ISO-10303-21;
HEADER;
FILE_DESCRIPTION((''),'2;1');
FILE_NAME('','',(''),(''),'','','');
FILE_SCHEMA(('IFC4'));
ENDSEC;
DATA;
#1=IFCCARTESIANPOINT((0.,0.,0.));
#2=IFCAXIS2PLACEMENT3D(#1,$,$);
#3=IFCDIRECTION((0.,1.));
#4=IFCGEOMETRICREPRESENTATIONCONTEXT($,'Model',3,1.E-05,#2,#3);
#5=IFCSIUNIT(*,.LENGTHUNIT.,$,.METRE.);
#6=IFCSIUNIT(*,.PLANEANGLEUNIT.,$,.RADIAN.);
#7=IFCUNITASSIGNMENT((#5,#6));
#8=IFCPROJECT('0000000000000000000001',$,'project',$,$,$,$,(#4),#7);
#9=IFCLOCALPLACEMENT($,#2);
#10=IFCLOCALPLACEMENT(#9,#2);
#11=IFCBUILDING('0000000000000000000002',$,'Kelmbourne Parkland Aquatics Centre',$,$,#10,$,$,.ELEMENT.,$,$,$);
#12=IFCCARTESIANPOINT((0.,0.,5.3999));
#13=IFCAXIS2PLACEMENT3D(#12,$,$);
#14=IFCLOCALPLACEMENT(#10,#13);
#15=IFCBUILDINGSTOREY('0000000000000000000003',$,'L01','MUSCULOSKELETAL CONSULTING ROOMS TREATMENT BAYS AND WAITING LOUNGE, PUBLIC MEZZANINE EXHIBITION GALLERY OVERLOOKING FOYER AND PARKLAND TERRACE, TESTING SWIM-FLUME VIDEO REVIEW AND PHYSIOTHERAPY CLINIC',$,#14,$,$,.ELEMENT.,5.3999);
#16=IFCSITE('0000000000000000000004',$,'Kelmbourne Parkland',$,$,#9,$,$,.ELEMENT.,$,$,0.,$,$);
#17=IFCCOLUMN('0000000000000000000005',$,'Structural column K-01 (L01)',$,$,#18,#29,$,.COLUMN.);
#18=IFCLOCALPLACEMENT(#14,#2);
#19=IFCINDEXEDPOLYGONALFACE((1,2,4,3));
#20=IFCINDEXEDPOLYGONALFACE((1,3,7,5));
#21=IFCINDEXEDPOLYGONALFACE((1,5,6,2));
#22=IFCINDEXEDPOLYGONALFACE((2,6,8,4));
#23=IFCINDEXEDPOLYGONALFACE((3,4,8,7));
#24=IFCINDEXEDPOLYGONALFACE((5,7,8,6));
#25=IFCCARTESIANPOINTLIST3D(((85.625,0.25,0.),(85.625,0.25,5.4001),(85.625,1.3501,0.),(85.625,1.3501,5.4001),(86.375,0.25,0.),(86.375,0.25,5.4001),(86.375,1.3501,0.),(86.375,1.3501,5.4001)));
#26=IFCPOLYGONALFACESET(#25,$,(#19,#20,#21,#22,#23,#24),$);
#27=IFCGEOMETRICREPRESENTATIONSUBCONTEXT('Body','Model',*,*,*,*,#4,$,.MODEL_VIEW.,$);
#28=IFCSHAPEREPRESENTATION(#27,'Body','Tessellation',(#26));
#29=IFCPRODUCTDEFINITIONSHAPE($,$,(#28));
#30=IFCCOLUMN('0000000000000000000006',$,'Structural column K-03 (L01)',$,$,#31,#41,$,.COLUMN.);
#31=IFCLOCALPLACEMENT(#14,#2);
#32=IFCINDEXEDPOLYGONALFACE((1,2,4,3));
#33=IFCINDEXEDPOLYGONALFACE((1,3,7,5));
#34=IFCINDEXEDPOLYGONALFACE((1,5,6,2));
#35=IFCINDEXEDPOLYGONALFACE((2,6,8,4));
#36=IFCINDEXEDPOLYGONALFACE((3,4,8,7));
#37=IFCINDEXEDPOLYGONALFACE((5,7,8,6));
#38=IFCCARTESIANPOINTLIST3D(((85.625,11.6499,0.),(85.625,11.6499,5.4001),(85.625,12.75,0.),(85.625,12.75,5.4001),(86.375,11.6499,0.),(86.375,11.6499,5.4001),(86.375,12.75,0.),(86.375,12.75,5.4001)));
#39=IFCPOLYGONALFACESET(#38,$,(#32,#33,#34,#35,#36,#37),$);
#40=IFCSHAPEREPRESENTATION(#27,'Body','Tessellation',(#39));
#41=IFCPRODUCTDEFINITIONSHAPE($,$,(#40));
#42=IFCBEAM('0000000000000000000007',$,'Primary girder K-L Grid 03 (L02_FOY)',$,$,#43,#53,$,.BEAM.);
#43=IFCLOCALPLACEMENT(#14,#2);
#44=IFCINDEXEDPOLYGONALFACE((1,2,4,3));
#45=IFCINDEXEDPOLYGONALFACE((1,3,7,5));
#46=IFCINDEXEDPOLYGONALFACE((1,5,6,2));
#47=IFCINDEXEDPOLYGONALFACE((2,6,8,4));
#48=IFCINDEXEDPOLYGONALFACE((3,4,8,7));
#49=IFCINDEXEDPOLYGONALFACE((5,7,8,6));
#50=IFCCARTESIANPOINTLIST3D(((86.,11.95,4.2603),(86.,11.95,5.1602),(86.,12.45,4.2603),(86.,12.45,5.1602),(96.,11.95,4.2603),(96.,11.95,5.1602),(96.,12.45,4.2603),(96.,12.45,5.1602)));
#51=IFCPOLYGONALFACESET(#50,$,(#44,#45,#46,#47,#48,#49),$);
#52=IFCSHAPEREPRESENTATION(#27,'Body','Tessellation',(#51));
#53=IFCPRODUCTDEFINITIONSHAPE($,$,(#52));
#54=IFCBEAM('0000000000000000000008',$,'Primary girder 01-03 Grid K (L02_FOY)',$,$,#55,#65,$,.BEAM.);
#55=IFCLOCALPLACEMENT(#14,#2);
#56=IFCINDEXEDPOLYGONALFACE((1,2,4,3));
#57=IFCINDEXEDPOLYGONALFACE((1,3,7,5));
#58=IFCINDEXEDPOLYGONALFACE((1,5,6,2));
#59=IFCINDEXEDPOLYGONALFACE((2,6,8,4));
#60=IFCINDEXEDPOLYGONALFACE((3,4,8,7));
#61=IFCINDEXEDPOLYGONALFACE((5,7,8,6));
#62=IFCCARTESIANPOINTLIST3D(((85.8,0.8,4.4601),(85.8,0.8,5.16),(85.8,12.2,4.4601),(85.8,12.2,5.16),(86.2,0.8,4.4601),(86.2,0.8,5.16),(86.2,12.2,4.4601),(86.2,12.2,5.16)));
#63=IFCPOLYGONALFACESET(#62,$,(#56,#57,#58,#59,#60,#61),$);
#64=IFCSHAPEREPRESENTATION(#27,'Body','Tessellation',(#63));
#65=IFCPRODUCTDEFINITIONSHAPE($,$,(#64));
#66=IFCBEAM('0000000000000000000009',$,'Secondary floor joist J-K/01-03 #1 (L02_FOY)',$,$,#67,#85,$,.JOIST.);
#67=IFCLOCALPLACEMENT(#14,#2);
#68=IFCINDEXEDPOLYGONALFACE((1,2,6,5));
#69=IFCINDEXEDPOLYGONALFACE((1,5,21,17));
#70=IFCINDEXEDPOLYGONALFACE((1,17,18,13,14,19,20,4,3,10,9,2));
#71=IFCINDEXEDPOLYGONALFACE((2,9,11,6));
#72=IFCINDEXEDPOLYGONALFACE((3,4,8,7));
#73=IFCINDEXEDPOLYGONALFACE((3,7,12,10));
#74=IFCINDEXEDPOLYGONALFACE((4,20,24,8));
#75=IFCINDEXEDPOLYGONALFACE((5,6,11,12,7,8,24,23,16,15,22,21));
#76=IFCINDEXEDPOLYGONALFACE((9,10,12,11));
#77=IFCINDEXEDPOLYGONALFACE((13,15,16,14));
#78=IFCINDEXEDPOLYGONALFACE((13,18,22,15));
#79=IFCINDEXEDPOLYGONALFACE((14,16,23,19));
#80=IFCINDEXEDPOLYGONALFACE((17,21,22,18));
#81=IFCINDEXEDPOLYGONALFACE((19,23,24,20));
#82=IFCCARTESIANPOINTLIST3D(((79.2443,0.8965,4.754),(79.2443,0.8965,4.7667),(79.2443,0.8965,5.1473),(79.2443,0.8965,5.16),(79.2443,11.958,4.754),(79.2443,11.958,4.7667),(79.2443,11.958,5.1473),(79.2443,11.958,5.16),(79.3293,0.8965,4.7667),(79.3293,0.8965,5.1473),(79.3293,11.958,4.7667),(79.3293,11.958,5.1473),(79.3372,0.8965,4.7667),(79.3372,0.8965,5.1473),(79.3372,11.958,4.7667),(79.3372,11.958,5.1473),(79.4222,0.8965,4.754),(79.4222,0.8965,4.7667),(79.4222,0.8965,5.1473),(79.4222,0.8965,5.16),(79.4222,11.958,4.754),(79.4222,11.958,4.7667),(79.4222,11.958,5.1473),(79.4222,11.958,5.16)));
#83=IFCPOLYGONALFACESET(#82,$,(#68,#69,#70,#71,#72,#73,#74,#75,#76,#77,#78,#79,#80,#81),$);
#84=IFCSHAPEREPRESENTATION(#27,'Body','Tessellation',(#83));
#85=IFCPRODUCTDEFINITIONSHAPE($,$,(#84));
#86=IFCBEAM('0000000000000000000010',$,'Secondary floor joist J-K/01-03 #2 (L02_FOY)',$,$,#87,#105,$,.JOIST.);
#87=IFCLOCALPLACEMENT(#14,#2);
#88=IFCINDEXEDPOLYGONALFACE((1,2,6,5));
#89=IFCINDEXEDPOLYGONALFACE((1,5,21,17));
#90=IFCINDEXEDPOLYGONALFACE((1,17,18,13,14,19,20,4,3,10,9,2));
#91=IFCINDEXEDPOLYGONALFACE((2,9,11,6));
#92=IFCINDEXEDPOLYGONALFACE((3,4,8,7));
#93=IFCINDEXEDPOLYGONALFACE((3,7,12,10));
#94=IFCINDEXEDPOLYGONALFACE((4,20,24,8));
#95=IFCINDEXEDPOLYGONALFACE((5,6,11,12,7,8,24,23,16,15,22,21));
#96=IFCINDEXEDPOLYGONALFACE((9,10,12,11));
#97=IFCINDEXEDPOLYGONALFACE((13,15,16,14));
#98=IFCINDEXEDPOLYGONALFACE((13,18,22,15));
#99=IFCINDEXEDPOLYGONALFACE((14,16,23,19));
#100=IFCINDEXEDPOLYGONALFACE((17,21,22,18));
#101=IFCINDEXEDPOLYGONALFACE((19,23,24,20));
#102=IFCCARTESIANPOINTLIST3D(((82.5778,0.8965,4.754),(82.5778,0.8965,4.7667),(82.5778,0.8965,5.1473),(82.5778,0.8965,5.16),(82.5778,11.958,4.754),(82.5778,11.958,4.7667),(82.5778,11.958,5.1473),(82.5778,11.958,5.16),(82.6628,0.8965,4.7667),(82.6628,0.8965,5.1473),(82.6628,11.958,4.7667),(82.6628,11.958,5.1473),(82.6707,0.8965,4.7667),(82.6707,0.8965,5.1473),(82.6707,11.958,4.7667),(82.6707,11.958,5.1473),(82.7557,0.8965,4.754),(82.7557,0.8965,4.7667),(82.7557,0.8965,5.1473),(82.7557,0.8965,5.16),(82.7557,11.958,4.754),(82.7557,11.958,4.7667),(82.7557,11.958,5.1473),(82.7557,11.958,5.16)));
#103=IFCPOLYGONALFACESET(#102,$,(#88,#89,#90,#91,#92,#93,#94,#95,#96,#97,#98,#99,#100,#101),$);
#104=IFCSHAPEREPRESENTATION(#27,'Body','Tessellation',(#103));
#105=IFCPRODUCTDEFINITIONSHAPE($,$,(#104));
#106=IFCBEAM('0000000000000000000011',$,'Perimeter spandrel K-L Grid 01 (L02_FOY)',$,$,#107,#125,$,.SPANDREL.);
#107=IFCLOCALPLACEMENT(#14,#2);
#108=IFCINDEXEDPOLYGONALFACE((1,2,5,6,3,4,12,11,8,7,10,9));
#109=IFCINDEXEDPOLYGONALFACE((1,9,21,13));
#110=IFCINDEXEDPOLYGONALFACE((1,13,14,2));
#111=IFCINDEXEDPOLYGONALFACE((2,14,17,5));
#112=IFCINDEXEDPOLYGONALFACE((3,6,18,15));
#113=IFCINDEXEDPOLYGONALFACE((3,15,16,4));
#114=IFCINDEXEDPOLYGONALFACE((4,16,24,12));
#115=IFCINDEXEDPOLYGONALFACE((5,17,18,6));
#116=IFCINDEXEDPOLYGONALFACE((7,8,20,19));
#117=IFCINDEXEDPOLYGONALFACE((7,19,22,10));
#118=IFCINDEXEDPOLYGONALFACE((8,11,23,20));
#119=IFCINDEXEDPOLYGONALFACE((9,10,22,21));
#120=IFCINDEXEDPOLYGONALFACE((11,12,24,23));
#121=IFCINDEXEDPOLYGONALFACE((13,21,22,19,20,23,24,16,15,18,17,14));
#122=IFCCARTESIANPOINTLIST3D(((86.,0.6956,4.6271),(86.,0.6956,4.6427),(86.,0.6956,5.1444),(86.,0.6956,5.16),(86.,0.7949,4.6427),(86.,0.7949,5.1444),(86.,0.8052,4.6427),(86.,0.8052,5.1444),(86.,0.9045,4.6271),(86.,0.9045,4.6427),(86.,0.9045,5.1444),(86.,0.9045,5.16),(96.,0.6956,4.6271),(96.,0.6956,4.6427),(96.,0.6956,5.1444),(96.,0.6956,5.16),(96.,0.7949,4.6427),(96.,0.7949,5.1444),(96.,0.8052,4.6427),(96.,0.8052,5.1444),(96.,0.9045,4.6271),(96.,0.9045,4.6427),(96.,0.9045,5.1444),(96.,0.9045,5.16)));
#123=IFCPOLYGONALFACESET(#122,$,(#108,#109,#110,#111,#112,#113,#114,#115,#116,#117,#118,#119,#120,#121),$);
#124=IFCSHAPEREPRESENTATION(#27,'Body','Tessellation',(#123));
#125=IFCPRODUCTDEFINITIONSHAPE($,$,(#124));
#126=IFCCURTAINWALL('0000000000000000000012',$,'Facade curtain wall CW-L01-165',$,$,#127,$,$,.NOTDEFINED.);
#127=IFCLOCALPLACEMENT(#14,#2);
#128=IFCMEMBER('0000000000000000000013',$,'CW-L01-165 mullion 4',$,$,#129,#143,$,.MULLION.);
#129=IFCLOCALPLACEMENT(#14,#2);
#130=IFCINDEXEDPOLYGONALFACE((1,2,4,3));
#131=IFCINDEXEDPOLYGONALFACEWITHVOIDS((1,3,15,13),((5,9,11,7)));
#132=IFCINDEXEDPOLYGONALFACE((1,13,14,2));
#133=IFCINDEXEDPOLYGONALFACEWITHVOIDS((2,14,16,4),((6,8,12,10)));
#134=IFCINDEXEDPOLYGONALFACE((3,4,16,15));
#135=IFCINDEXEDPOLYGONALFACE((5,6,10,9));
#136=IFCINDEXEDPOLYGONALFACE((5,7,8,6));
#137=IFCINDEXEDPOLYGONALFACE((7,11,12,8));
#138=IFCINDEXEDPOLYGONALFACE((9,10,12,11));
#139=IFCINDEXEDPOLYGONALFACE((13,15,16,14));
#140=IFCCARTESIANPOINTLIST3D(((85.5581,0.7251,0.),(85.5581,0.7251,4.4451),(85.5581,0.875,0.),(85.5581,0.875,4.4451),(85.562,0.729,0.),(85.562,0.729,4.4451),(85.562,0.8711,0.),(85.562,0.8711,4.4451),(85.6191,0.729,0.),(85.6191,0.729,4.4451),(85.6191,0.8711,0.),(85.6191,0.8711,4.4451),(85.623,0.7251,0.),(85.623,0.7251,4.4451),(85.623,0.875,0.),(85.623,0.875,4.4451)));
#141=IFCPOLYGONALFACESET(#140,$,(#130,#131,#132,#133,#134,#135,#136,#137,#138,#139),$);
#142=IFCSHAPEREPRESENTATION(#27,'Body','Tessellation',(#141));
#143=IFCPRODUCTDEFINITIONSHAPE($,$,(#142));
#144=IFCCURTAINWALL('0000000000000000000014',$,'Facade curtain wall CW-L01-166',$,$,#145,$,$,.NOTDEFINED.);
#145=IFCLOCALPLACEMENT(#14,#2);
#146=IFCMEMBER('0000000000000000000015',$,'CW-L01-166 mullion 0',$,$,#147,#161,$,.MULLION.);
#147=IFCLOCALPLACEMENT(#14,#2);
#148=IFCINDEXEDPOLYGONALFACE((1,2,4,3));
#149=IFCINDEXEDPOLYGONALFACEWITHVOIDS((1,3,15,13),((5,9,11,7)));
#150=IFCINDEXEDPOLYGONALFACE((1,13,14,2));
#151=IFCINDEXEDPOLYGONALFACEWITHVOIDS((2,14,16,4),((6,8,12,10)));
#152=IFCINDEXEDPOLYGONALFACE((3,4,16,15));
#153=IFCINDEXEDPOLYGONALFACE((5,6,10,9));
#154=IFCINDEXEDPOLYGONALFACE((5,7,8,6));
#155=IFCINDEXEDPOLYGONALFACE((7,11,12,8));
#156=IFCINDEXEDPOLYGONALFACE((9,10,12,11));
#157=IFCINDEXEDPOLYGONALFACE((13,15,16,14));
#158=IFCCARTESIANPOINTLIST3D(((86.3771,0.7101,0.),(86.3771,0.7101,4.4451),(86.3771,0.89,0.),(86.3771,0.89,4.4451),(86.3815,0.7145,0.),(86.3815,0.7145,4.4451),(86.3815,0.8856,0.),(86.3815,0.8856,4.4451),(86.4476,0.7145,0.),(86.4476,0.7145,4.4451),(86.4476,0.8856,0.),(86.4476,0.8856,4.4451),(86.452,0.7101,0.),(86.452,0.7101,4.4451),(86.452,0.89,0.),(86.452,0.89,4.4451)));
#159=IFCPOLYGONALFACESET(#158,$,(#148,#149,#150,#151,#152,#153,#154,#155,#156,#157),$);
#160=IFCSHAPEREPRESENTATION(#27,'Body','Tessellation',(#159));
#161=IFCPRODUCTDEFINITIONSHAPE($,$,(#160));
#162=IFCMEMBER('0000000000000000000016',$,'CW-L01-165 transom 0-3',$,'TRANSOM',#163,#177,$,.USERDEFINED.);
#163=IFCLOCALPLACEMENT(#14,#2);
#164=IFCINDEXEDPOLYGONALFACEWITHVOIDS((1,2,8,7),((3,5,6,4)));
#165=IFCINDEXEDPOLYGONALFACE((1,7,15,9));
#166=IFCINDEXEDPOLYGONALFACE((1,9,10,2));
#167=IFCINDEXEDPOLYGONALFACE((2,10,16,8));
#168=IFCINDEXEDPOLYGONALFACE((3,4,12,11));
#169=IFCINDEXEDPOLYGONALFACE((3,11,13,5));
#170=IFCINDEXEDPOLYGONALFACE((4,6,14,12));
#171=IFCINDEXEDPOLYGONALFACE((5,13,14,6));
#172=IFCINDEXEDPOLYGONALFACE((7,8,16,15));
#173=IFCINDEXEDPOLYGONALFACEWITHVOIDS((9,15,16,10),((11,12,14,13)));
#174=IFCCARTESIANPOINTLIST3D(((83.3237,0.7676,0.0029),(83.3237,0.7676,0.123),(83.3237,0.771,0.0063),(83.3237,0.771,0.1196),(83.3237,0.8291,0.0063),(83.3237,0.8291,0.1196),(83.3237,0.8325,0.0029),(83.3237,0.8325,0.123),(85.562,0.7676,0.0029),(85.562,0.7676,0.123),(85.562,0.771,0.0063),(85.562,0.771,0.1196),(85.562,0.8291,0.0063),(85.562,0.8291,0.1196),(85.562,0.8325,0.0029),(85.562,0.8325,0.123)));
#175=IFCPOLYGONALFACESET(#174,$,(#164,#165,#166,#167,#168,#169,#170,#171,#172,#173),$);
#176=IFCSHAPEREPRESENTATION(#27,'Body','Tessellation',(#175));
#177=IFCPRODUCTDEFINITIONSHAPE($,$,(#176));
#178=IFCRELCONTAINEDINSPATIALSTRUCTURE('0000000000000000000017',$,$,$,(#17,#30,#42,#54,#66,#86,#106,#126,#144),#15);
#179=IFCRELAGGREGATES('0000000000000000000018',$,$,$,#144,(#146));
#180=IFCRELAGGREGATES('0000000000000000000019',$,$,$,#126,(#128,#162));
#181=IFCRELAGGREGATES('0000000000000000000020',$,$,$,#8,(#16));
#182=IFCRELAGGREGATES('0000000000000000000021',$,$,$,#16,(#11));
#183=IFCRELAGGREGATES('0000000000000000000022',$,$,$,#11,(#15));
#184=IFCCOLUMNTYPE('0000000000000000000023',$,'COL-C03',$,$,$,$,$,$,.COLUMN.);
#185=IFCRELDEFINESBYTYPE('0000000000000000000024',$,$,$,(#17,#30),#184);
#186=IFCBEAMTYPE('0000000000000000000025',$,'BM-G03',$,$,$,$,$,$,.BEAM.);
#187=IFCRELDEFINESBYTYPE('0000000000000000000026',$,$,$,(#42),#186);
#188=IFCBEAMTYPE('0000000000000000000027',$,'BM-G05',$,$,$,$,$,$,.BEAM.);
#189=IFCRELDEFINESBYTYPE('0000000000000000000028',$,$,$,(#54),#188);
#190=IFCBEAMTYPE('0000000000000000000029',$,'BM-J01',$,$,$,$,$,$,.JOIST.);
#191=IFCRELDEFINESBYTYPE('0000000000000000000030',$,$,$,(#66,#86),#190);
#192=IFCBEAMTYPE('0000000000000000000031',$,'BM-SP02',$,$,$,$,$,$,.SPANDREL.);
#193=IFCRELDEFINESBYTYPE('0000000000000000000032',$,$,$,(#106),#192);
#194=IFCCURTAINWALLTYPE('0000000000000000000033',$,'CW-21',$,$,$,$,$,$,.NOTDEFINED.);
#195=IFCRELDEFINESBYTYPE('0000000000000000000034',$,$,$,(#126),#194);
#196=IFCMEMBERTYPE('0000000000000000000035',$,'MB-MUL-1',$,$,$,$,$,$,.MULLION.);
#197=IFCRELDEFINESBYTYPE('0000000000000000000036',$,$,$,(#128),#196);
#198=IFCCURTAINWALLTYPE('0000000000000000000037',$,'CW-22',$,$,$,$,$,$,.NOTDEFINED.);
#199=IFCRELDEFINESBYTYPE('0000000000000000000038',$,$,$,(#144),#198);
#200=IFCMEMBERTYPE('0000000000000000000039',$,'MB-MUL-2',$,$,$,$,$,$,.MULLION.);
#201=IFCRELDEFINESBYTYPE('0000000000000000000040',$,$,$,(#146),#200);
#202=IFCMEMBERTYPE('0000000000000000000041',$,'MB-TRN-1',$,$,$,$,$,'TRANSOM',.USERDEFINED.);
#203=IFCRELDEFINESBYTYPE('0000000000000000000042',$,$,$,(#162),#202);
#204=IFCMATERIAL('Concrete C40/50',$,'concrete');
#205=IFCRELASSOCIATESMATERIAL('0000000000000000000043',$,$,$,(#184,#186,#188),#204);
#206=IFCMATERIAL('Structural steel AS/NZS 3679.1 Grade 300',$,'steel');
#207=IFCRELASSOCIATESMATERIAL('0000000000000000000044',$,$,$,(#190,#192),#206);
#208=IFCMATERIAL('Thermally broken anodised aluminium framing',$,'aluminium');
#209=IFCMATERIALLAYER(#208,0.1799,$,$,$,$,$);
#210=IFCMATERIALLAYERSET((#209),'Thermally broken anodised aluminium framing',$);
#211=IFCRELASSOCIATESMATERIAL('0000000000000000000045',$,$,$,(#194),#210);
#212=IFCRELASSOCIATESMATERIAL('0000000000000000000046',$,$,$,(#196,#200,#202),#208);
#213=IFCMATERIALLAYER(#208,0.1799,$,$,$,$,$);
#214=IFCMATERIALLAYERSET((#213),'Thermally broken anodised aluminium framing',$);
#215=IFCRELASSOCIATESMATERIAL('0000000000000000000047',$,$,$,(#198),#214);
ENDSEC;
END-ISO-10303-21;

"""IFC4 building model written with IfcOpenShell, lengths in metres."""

from ifc_helpers import new_model, si_unit, direction, frame, origin, origin_2d, place, context, subcontext, project, spatial, rectangle, hollow_rectangle, i_section, extrude, material, layer, layer_set, material_profile, profile_set, type_object, element, aggregate, save


model = new_model("IFC4")

# Units and contexts
model_context = context("Model", 3, precision=1e-05, world=origin(), true_north=direction((0.0, 1.0)))
body_context = subcontext(model_context, "Body", "Model", "MODEL_VIEW")
ifc_project = project(units=[si_unit("LENGTHUNIT", "METRE"), si_unit("PLANEANGLEUNIT", "RADIAN")], contexts=[model_context])

# Site, building, storey
site_placement = place(None, origin())
site = spatial("IfcSite", under=ifc_project, at=site_placement, Name="Kelmbourne Parkland", CompositionType="ELEMENT", RefElevation=0.0)
building_placement = place(site_placement, origin())
building = spatial("IfcBuilding", under=site, at=building_placement, Name="Kelmbourne Parkland Aquatics Centre", CompositionType="ELEMENT")
storey_placement = place(building_placement, frame((0.0, 0.0, 5.3999)))
storey = spatial("IfcBuildingStorey", under=building, at=storey_placement, Name="L01", Description="MUSCULOSKELETAL CONSULTING ROOMS TREATMENT BAYS AND WAITING LOUNGE, PUBLIC MEZZANINE EXHIBITION GALLERY OVERLOOKING FOYER AND PARKLAND TERRACE, TESTING SWIM-FLUME VIDEO REVIEW AND PHYSIOTHERAPY CLINIC", CompositionType="ELEMENT", Elevation=5.3999)

# Columns
ifc_material_1 = material(Name="Concrete C40/50", Category="concrete")
ifc_material_profile_1 = material_profile(ifc_material_1, rectangle(XDim=0.75, YDim=1.1001, at=origin_2d()), Name="RC 750x1100")
ifc_profile_set_1 = profile_set([ifc_material_profile_1], Name="Concrete C40/50")
column_type = type_object("IfcColumnType", Name="COL-C03", PredefinedType="COLUMN", material=ifc_profile_set_1)
for number, where, z_axis, x_axis, name in (
    (1, (86.0, 0.8, 0.0), (0.0, 0.0, 1.0), (1.0, 0.0, 0.0), "Structural column K-01 (L01)"),
    (2, (86.0, 12.2, 0.0), (0.0, 0.0, 1.0), (1.0, 0.0, 0.0), "Structural column K-03 (L01)"),
):
    element("IfcColumn", number, at=place(storey_placement, frame(where, z_axis=z_axis, x_axis=x_axis)), inside=storey, type_object=column_type, Name=name, PredefinedType="COLUMN", context=body_context, shape_type="SweptSolid", body=[
        extrude(rectangle(XDim=0.75, YDim=1.1001, at=origin_2d()), origin(), (0.0, 0.0, 1.0), 5.4001),
    ])

# Beams
ifc_material_profile_2 = material_profile(ifc_material_1, rectangle(XDim=0.5, YDim=0.8999, at=origin_2d()), Name="RC 500x900")
ifc_profile_set_2 = profile_set([ifc_material_profile_2], Name="Concrete C40/50")
beam_type_1 = type_object("IfcBeamType", Name="BM-G03", PredefinedType="BEAM", material=ifc_profile_set_2)
beam_1_placement = place(storey_placement, frame((86.0, 12.2, 4.7102), z_axis=(1.0, 0.0, 0.0), x_axis=(0.0, 1.0, 0.0)))
element("IfcBeam", 3, at=beam_1_placement, inside=storey, type_object=beam_type_1, Name="Primary girder K-L Grid 03 (L02_FOY)", PredefinedType="BEAM", context=body_context, shape_type="SweptSolid", body=[
    extrude(rectangle(XDim=0.5, YDim=0.8999, at=origin_2d()), origin(), (0.0, 0.0, 1.0), 10.0),
])
ifc_material_profile_3 = material_profile(ifc_material_1, rectangle(XDim=0.3999, YDim=0.7, at=origin_2d()), Name="RC 400x700")
ifc_profile_set_3 = profile_set([ifc_material_profile_3], Name="Concrete C40/50")
beam_type_2 = type_object("IfcBeamType", Name="BM-G05", PredefinedType="BEAM", material=ifc_profile_set_3)
beam_2_placement = place(storey_placement, frame((86.0, 0.8, 4.8101), z_axis=(0.0, 1.0, 0.0), x_axis=(-1.0, 0.0, 0.0)))
element("IfcBeam", 4, at=beam_2_placement, inside=storey, type_object=beam_type_2, Name="Primary girder 01-03 Grid K (L02_FOY)", PredefinedType="BEAM", context=body_context, shape_type="SweptSolid", body=[
    extrude(rectangle(XDim=0.3999, YDim=0.7, at=origin_2d()), origin(), (0.0, 0.0, 1.0), 11.3999),
])
ifc_material_2 = material(Name="Structural steel AS/NZS 3679.1 Grade 300", Category="steel")
ifc_material_profile_4 = material_profile(ifc_material_2, i_section(OverallWidth=0.178, OverallDepth=0.406, WebThickness=0.0078, FlangeThickness=0.0127, at=origin_2d()), Name="410UB59.7")
ifc_profile_set_4 = profile_set([ifc_material_profile_4], Name="Structural steel AS/NZS 3679.1 Grade 300")
beam_type_3 = type_object("IfcBeamType", Name="BM-J01", PredefinedType="JOIST", material=ifc_profile_set_4)
for number, where, z_axis, x_axis, name in (
    (5, (79.3333, 0.8965, 4.957), (0.0, 1.0, 0.0), (-1.0, 0.0, 0.0), "Secondary floor joist J-K/01-03 #1 (L02_FOY)"),
    (6, (82.6667, 0.8965, 4.957), (0.0, 1.0, 0.0), (-1.0, 0.0, 0.0), "Secondary floor joist J-K/01-03 #2 (L02_FOY)"),
):
    element("IfcBeam", number, at=place(storey_placement, frame(where, z_axis=z_axis, x_axis=x_axis)), inside=storey, type_object=beam_type_3, Name=name, PredefinedType="JOIST", context=body_context, shape_type="SweptSolid", body=[
        extrude(i_section(OverallWidth=0.178, OverallDepth=0.406, WebThickness=0.0078, FlangeThickness=0.0127, at=origin_2d()), origin(), (0.0, 0.0, 1.0), 11.0615),
    ])
ifc_material_profile_5 = material_profile(ifc_material_2, i_section(OverallWidth=0.209, OverallDepth=0.533, WebThickness=0.0103, FlangeThickness=0.0156, at=origin_2d()), Name="530UB92.4")
ifc_profile_set_5 = profile_set([ifc_material_profile_5], Name="Structural steel AS/NZS 3679.1 Grade 300")
beam_type_4 = type_object("IfcBeamType", Name="BM-SP02", PredefinedType="SPANDREL", material=ifc_profile_set_5)
beam_3_placement = place(storey_placement, frame((86.0, 0.8, 4.8936), z_axis=(1.0, 0.0, 0.0), x_axis=(0.0, 1.0, 0.0)))
element("IfcBeam", 7, at=beam_3_placement, inside=storey, type_object=beam_type_4, Name="Perimeter spandrel K-L Grid 01 (L02_FOY)", PredefinedType="SPANDREL", context=body_context, shape_type="SweptSolid", body=[
    extrude(i_section(OverallWidth=0.209, OverallDepth=0.533, WebThickness=0.0103, FlangeThickness=0.0156, at=origin_2d()), origin(), (0.0, 0.0, 1.0), 10.0),
])

# Curtain walls, members
ifc_material_3 = material(Name="Thermally broken anodised aluminium framing", Category="aluminium")
ifc_layer_1 = layer(ifc_material_3, 0.1799)
ifc_layer_set_1 = layer_set([ifc_layer_1], Name="Thermally broken anodised aluminium framing")
curtain_wall_type_1 = type_object("IfcCurtainWallType", Name="CW-21", PredefinedType="NOTDEFINED", material=ifc_layer_set_1)
curtain_wall_1_placement = place(storey_placement, origin())
curtain_wall_1 = element("IfcCurtainWall", 8, at=curtain_wall_1_placement, inside=storey, type_object=curtain_wall_type_1, Name="Facade curtain wall CW-L01-165", PredefinedType="NOTDEFINED")
ifc_material_profile_6 = material_profile(ifc_material_3, hollow_rectangle(XDim=0.0649, YDim=0.1499, WallThickness=0.0039, at=origin_2d()), Name="CW-M 65x150")
ifc_profile_set_6 = profile_set([ifc_material_profile_6], Name="Thermally broken anodised aluminium framing")
member_type_1 = type_object("IfcMemberType", Name="MB-MUL-1", PredefinedType="MULLION", material=ifc_profile_set_6)
member_1_placement = place(storey_placement, frame((85.5906, 0.8, 0.0), z_axis=(0.0, 0.0, 1.0), x_axis=(1.0, 0.0, 0.0)))
member_1 = element("IfcMember", 9, at=member_1_placement, type_object=member_type_1, Name="CW-L01-165 mullion 4", PredefinedType="MULLION", context=body_context, shape_type="SweptSolid", body=[
    extrude(hollow_rectangle(XDim=0.0649, YDim=0.1499, WallThickness=0.0039, at=origin_2d()), origin(), (0.0, 0.0, 1.0), 4.4451),
])
ifc_layer_2 = layer(ifc_material_3, 0.1799)
ifc_layer_set_2 = layer_set([ifc_layer_2], Name="Thermally broken anodised aluminium framing")
curtain_wall_type_2 = type_object("IfcCurtainWallType", Name="CW-22", PredefinedType="NOTDEFINED", material=ifc_layer_set_2)
curtain_wall_2_placement = place(storey_placement, origin())
curtain_wall_2 = element("IfcCurtainWall", 10, at=curtain_wall_2_placement, inside=storey, type_object=curtain_wall_type_2, Name="Facade curtain wall CW-L01-166", PredefinedType="NOTDEFINED")
ifc_material_profile_7 = material_profile(ifc_material_3, hollow_rectangle(XDim=0.075, YDim=0.1799, WallThickness=0.0044, at=origin_2d()), Name="CW-M 75x180")
ifc_profile_set_7 = profile_set([ifc_material_profile_7], Name="Thermally broken anodised aluminium framing")
member_type_2 = type_object("IfcMemberType", Name="MB-MUL-2", PredefinedType="MULLION", material=ifc_profile_set_7)
member_2_placement = place(storey_placement, frame((86.4146, 0.8, 0.0), z_axis=(0.0, 0.0, 1.0), x_axis=(1.0, 0.0, 0.0)))
member_2 = element("IfcMember", 11, at=member_2_placement, type_object=member_type_2, Name="CW-L01-166 mullion 0", PredefinedType="MULLION", context=body_context, shape_type="SweptSolid", body=[
    extrude(hollow_rectangle(XDim=0.075, YDim=0.1799, WallThickness=0.0044, at=origin_2d()), origin(), (0.0, 0.0, 1.0), 4.4451),
])

# Member
ifc_material_profile_8 = material_profile(ifc_material_3, hollow_rectangle(XDim=0.0649, YDim=0.1201, WallThickness=0.0034, at=origin_2d()), Name="CW-T 65x120")
ifc_profile_set_8 = profile_set([ifc_material_profile_8], Name="Thermally broken anodised aluminium framing")
member_type_3 = type_object("IfcMemberType", Name="MB-TRN-1", ElementType="TRANSOM", PredefinedType="USERDEFINED", material=ifc_profile_set_8)
member_3_placement = place(storey_placement, frame((83.3237, 0.8, 0.063), z_axis=(1.0, 0.0, 0.0), x_axis=(0.0, 1.0, 0.0)))
member_3 = element("IfcMember", 12, at=member_3_placement, type_object=member_type_3, Name="CW-L01-165 transom 0-3", ObjectType="TRANSOM", PredefinedType="USERDEFINED", context=body_context, shape_type="SweptSolid", body=[
    extrude(hollow_rectangle(XDim=0.0649, YDim=0.1201, WallThickness=0.0034, at=origin_2d()), origin(), (0.0, 0.0, 1.0), 2.2383),
])
aggregate(curtain_wall_2, [member_2])

aggregate(curtain_wall_1, [member_1, member_3])

save(model, "model.ifc")
